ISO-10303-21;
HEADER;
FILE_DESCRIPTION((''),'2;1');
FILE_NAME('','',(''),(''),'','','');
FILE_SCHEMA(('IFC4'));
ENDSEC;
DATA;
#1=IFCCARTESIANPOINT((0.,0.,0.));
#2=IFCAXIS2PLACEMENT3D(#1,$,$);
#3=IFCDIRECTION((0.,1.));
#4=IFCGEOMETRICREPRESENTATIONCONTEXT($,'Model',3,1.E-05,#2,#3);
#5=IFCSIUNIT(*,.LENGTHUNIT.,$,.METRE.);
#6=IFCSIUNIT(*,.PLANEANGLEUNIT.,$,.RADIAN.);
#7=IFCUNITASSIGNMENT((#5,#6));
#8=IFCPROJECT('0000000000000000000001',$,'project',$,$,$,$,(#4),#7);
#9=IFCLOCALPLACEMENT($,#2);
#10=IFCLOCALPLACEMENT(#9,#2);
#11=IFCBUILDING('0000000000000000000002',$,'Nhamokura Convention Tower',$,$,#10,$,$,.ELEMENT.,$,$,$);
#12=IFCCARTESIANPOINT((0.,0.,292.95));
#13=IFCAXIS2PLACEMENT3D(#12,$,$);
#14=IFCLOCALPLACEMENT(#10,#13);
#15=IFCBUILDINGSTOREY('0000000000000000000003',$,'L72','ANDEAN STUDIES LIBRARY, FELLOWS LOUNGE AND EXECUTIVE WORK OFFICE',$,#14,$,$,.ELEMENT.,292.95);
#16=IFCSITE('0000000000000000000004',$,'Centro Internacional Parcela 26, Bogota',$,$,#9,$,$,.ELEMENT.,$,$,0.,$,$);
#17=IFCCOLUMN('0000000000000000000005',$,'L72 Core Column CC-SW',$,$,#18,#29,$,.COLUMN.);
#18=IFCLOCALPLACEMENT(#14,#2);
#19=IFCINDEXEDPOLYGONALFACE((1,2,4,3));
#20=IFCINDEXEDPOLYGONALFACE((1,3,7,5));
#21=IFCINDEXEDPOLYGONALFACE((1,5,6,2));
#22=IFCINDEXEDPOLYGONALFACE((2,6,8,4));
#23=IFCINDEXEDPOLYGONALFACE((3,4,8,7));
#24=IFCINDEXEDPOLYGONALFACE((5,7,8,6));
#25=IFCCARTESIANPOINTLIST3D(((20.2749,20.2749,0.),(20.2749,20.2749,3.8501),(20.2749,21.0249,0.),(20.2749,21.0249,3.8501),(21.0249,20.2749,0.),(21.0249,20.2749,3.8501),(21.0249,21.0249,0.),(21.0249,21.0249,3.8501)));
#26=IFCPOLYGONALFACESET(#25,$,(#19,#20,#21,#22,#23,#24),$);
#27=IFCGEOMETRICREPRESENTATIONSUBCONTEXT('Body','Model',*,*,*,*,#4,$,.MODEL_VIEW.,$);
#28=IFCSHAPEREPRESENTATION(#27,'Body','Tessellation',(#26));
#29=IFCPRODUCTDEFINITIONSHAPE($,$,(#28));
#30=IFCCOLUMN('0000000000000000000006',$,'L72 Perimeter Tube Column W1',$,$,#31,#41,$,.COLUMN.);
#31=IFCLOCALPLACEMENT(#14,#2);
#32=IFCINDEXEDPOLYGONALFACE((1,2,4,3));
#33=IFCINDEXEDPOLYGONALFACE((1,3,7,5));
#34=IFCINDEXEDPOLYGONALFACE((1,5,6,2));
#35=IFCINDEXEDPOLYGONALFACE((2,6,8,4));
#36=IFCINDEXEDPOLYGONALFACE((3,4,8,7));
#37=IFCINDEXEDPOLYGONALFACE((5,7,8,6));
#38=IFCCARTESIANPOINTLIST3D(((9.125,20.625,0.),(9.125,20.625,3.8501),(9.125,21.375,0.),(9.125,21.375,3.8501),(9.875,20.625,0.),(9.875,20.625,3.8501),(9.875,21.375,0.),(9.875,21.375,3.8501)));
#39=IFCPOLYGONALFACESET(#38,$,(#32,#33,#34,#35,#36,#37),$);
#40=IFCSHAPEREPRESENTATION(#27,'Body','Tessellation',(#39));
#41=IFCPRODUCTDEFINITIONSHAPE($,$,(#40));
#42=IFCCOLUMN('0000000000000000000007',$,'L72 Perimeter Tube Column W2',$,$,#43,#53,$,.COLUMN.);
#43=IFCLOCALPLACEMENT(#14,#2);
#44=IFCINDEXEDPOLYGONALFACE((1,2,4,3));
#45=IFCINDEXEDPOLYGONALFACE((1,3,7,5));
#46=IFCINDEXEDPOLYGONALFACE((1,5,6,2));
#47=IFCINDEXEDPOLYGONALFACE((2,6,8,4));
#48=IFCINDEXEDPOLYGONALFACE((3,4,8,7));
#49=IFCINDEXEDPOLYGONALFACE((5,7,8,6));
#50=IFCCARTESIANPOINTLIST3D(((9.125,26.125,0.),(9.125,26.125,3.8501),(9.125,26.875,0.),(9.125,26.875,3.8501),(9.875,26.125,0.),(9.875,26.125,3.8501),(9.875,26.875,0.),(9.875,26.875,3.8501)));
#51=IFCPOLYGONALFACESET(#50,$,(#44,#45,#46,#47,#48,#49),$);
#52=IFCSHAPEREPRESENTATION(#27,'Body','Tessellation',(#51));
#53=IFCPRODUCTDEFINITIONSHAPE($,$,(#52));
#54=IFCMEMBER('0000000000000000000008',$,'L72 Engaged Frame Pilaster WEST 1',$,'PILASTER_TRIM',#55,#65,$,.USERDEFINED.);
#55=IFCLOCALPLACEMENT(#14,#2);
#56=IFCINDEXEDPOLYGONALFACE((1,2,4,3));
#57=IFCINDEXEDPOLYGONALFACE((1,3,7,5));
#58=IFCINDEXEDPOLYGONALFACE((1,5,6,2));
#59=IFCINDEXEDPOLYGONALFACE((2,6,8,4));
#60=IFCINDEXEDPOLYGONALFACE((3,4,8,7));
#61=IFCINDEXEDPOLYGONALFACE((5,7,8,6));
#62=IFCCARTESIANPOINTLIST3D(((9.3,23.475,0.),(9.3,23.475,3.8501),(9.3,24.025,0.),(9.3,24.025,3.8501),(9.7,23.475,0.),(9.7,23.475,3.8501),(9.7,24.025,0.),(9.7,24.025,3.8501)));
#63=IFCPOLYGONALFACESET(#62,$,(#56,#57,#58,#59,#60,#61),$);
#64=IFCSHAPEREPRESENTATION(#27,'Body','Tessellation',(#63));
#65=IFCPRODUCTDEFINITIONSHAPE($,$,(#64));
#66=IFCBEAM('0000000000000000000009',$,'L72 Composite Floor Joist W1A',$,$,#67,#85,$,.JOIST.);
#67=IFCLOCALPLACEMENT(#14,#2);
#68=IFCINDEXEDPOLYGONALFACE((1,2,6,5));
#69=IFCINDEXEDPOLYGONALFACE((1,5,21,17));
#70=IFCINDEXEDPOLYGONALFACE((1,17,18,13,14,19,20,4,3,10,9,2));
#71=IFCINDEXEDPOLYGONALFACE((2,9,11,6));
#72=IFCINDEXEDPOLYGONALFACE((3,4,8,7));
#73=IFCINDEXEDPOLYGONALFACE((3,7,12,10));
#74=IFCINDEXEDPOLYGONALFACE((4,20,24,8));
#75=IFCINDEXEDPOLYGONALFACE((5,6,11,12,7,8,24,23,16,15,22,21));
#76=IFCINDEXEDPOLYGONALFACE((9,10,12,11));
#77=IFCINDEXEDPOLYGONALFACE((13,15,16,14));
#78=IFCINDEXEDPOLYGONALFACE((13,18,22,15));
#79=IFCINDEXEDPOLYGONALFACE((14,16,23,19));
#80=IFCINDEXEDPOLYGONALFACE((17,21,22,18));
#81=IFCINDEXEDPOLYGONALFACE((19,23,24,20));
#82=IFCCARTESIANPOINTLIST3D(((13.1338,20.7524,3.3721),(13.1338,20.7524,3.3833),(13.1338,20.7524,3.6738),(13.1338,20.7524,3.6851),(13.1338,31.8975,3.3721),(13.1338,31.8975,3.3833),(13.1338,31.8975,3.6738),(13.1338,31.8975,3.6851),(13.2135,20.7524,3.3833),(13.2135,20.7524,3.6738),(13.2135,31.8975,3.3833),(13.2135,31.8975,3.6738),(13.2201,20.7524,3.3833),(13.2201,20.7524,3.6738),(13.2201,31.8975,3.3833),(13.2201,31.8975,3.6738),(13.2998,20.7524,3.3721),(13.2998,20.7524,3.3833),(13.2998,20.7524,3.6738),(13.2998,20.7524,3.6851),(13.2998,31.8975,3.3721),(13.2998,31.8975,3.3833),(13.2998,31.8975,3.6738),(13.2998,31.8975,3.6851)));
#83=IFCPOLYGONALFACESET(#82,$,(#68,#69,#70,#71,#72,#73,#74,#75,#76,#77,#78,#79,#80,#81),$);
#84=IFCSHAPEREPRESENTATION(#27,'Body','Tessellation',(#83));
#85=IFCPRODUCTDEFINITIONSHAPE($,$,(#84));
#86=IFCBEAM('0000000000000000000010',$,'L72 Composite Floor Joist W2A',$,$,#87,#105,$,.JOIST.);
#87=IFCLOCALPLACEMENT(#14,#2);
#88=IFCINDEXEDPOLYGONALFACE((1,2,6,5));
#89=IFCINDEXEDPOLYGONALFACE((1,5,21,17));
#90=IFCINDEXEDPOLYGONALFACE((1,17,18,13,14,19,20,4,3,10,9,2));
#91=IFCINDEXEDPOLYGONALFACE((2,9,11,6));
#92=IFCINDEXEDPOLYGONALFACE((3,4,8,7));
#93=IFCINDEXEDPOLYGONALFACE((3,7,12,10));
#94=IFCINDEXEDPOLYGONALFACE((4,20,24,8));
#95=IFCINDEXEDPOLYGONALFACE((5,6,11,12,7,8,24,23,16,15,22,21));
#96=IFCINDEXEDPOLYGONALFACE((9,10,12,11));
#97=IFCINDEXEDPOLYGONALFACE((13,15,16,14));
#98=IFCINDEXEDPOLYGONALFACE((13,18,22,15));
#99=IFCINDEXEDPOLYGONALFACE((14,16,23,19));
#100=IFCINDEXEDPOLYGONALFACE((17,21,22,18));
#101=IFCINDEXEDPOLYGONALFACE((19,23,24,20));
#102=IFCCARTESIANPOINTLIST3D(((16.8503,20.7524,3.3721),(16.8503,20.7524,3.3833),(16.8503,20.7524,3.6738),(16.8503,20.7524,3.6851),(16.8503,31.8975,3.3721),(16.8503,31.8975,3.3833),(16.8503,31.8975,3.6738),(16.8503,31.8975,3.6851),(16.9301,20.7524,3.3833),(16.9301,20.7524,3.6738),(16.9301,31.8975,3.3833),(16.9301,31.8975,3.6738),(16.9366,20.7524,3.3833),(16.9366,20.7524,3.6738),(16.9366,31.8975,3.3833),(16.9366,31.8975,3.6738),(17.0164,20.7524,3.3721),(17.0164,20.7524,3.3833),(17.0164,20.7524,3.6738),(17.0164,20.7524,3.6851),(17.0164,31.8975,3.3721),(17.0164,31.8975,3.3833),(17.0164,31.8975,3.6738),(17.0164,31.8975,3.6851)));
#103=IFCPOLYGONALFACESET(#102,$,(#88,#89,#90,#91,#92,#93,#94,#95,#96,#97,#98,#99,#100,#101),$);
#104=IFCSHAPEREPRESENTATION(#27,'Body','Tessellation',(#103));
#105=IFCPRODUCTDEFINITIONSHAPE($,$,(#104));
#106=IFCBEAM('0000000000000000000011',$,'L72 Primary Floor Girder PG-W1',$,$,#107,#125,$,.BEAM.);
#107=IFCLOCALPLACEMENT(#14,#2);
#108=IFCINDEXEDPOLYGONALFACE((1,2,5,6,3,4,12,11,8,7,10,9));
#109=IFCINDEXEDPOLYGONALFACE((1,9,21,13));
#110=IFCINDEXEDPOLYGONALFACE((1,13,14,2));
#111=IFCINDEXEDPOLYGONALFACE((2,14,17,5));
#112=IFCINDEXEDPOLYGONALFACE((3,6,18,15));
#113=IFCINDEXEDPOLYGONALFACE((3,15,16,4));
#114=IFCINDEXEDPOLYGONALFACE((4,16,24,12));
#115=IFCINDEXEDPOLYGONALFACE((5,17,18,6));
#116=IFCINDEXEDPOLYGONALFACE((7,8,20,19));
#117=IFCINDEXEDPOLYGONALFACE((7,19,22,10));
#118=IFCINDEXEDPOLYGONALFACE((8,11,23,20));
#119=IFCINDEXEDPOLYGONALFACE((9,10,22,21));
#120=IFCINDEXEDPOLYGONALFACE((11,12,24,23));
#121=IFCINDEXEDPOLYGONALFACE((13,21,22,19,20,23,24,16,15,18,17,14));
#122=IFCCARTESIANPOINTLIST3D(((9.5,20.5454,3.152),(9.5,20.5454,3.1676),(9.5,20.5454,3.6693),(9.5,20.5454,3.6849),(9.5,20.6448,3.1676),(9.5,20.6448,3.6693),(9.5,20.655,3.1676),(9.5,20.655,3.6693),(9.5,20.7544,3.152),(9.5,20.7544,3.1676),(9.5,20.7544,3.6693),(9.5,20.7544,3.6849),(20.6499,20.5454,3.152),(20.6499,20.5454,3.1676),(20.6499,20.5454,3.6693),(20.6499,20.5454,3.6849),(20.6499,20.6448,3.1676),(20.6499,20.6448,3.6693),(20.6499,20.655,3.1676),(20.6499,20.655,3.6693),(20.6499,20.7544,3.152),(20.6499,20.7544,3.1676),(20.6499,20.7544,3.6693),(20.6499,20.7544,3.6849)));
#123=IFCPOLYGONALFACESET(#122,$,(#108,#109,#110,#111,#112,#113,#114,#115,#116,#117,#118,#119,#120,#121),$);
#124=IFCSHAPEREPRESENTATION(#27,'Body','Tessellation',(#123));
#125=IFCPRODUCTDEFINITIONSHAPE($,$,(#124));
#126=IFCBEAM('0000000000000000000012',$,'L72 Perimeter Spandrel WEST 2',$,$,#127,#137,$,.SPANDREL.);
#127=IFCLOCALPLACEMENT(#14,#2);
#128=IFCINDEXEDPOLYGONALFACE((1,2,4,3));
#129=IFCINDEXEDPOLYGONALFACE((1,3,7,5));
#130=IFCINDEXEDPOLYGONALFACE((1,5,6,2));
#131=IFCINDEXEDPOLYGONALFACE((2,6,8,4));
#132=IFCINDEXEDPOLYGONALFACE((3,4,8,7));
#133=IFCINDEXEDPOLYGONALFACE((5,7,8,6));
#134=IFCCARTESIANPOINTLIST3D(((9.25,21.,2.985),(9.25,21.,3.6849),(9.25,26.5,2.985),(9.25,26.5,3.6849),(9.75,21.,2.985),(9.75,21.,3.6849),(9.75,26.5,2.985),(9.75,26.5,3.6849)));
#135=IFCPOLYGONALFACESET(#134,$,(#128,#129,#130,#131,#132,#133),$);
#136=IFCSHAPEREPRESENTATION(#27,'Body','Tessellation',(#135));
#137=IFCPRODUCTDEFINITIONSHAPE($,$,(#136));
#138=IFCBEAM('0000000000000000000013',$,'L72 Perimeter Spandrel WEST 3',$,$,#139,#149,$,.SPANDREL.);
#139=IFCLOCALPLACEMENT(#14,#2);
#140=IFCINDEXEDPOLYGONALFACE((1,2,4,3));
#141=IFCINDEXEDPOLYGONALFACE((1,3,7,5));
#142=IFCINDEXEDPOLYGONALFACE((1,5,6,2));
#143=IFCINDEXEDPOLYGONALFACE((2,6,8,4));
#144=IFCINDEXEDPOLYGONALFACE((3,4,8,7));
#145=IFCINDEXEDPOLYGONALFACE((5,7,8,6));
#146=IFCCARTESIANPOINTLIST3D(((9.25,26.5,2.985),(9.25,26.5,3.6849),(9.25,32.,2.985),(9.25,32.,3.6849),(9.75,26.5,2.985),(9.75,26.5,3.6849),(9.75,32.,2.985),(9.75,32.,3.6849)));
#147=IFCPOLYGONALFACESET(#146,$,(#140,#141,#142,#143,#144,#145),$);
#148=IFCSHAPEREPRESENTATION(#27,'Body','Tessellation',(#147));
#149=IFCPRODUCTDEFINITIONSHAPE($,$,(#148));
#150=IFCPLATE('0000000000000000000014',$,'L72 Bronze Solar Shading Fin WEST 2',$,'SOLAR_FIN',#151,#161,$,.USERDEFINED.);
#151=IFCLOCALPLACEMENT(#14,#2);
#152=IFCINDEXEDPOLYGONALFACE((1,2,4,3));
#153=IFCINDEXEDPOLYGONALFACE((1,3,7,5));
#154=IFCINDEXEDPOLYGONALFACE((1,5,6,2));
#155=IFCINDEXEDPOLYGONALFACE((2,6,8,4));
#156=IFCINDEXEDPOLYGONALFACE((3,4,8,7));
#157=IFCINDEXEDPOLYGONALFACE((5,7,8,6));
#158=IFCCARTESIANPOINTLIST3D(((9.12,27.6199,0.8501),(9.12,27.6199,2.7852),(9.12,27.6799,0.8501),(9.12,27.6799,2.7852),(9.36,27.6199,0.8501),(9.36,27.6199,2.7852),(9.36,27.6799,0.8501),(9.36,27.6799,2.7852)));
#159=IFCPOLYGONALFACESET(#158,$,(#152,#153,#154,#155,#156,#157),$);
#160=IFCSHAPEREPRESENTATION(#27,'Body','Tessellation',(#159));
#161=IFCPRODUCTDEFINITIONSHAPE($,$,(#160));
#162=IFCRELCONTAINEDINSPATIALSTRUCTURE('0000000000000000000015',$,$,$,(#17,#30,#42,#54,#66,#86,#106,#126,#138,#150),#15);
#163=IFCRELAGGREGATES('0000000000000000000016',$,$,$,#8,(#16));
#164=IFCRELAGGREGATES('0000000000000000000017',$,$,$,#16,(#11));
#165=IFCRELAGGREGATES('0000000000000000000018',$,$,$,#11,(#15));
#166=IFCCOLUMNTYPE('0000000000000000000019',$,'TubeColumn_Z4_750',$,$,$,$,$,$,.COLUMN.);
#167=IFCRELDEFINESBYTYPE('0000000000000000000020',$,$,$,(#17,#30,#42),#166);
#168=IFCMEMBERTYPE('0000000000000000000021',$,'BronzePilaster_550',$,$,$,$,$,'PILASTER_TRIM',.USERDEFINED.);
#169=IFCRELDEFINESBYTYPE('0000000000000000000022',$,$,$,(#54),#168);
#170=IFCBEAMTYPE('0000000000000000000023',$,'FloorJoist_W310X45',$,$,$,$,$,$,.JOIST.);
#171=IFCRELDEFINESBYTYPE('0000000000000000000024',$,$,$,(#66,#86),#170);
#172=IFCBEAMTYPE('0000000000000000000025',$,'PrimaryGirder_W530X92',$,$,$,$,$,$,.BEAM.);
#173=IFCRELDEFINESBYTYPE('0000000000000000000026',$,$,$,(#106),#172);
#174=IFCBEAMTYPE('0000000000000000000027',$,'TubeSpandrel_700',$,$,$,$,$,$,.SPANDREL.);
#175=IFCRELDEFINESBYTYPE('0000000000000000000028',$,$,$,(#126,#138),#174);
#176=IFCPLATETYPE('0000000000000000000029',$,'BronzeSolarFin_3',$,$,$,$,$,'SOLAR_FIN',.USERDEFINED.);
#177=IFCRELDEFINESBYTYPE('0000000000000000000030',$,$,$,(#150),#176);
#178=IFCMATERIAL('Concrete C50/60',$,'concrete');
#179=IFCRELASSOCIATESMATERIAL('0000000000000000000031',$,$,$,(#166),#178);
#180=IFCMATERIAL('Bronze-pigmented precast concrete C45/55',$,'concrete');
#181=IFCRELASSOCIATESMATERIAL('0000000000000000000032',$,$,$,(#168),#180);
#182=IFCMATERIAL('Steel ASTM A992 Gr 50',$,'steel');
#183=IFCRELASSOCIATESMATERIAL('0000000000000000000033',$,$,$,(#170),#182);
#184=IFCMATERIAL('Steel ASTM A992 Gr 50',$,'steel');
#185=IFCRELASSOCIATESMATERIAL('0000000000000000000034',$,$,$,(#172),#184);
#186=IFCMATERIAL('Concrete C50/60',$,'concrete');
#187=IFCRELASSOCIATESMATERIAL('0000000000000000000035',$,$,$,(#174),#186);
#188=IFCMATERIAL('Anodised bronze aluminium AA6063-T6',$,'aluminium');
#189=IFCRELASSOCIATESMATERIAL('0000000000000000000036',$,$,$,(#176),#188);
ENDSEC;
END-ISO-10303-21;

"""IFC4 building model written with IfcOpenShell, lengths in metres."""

from ifc_helpers import new_model, si_unit, direction, frame, origin, origin_2d, place, context, subcontext, project, spatial, rectangle, i_section, extrude, material, material_profile, profile_set, type_object, element, save


model = new_model("IFC4")

# Units and contexts
model_context = context("Model", 3, precision=1e-05, world=origin(), true_north=direction((0.0, 1.0)))
body_context = subcontext(model_context, "Body", "Model", "MODEL_VIEW")
ifc_project = project(units=[si_unit("LENGTHUNIT", "METRE"), si_unit("PLANEANGLEUNIT", "RADIAN")], contexts=[model_context])

# Site, building, storey
site_placement = place(None, origin())
site = spatial("IfcSite", under=ifc_project, at=site_placement, Name="Centro Internacional Parcela 26, Bogota", CompositionType="ELEMENT", RefElevation=0.0)
building_placement = place(site_placement, origin())
building = spatial("IfcBuilding", under=site, at=building_placement, Name="Nhamokura Convention Tower", CompositionType="ELEMENT")
storey_placement = place(building_placement, frame((0.0, 0.0, 292.95)))
storey = spatial("IfcBuildingStorey", under=building, at=storey_placement, Name="L72", Description="ANDEAN STUDIES LIBRARY, FELLOWS LOUNGE AND EXECUTIVE WORK OFFICE", CompositionType="ELEMENT", Elevation=292.95)

# Columns
ifc_material_1 = material(Name="Concrete C50/60", Category="concrete")
ifc_material_profile_1 = material_profile(ifc_material_1, rectangle(XDim=0.75, YDim=0.75, at=origin_2d()))
ifc_profile_set_1 = profile_set([ifc_material_profile_1], Name="Concrete C50/60")
column_type = type_object("IfcColumnType", Name="TubeColumn_Z4_750", PredefinedType="COLUMN", material=ifc_profile_set_1)
for number, where, z_axis, x_axis, name in (
    (1, (20.6499, 20.6499, 0.0), (0.0, 0.0, 1.0), (1.0, 0.0, 0.0), "L72 Core Column CC-SW"),
    (2, (9.5, 21.0, 0.0), (0.0, 0.0, 1.0), (1.0, 0.0, 0.0), "L72 Perimeter Tube Column W1"),
    (3, (9.5, 26.5, 0.0), (0.0, 0.0, 1.0), (1.0, 0.0, 0.0), "L72 Perimeter Tube Column W2"),
):
    element("IfcColumn", number, at=place(storey_placement, frame(where, z_axis=z_axis, x_axis=x_axis)), inside=storey, type_object=column_type, Name=name, PredefinedType="COLUMN", context=body_context, shape_type="SweptSolid", body=[
        extrude(rectangle(XDim=0.75, YDim=0.75, at=origin_2d()), origin(), (0.0, 0.0, 1.0), 3.8501),
    ])

# Member
ifc_material_2 = material(Name="Bronze-pigmented precast concrete C45/55", Category="concrete")
ifc_material_profile_2 = material_profile(ifc_material_2, rectangle(XDim=0.3999, YDim=0.55, at=origin_2d()))
ifc_profile_set_2 = profile_set([ifc_material_profile_2], Name="Bronze-pigmented precast concrete C45/55")
member_type = type_object("IfcMemberType", Name="BronzePilaster_550", ElementType="PILASTER_TRIM", PredefinedType="USERDEFINED", material=ifc_profile_set_2)
member_placement = place(storey_placement, frame((9.5, 23.75, 0.0), z_axis=(0.0, 0.0, 1.0), x_axis=(1.0, 0.0, 0.0)))
element("IfcMember", 4, at=member_placement, inside=storey, type_object=member_type, Name="L72 Engaged Frame Pilaster WEST 1", ObjectType="PILASTER_TRIM", PredefinedType="USERDEFINED", context=body_context, shape_type="SweptSolid", body=[
    extrude(rectangle(XDim=0.3999, YDim=0.55, at=origin_2d()), origin(), (0.0, 0.0, 1.0), 3.8501),
])

# Beams
ifc_material_3 = material(Name="Steel ASTM A992 Gr 50", Category="steel")
ifc_material_profile_3 = material_profile(ifc_material_3, i_section(OverallWidth=0.166, OverallDepth=0.313, WebThickness=0.0066, FlangeThickness=0.0112, at=origin_2d()))
ifc_profile_set_3 = profile_set([ifc_material_profile_3], Name="Steel ASTM A992 Gr 50")
beam_type_1 = type_object("IfcBeamType", Name="FloorJoist_W310X45", PredefinedType="JOIST", material=ifc_profile_set_3)
for number, where, z_axis, x_axis, name in (
    (5, (13.2168, 20.7524, 3.5286), (0.0, 1.0, 0.0), (-1.0, 0.0, 0.0), "L72 Composite Floor Joist W1A"),
    (6, (16.9333, 20.7524, 3.5286), (0.0, 1.0, 0.0), (-1.0, 0.0, 0.0), "L72 Composite Floor Joist W2A"),
):
    element("IfcBeam", number, at=place(storey_placement, frame(where, z_axis=z_axis, x_axis=x_axis)), inside=storey, type_object=beam_type_1, Name=name, PredefinedType="JOIST", context=body_context, shape_type="SweptSolid", body=[
        extrude(i_section(OverallWidth=0.166, OverallDepth=0.313, WebThickness=0.0066, FlangeThickness=0.0112, at=origin_2d()), origin(), (0.0, 0.0, 1.0), 11.145),
    ])
ifc_material_4 = material(Name="Steel ASTM A992 Gr 50", Category="steel")
ifc_material_profile_4 = material_profile(ifc_material_4, i_section(OverallWidth=0.209, OverallDepth=0.533, WebThickness=0.0103, FlangeThickness=0.0156, at=origin_2d()))
ifc_profile_set_4 = profile_set([ifc_material_profile_4], Name="Steel ASTM A992 Gr 50")
beam_type_2 = type_object("IfcBeamType", Name="PrimaryGirder_W530X92", PredefinedType="BEAM", material=ifc_profile_set_4)
beam_placement = place(storey_placement, frame((9.5, 20.6499, 3.4185), z_axis=(1.0, 0.0, 0.0), x_axis=(0.0, 1.0, 0.0)))
element("IfcBeam", 7, at=beam_placement, inside=storey, type_object=beam_type_2, Name="L72 Primary Floor Girder PG-W1", PredefinedType="BEAM", context=body_context, shape_type="SweptSolid", body=[
    extrude(i_section(OverallWidth=0.209, OverallDepth=0.533, WebThickness=0.0103, FlangeThickness=0.0156, at=origin_2d()), origin(), (0.0, 0.0, 1.0), 11.1499),
])
ifc_material_5 = material(Name="Concrete C50/60", Category="concrete")
ifc_material_profile_5 = material_profile(ifc_material_5, rectangle(XDim=0.5, YDim=0.7, at=origin_2d()))
ifc_profile_set_5 = profile_set([ifc_material_profile_5], Name="Concrete C50/60")
beam_type_3 = type_object("IfcBeamType", Name="TubeSpandrel_700", PredefinedType="SPANDREL", material=ifc_profile_set_5)
for number, where, z_axis, x_axis, name in (
    (8, (9.5, 21.0, 3.335), (0.0, 1.0, 0.0), (-1.0, 0.0, 0.0), "L72 Perimeter Spandrel WEST 2"),
    (9, (9.5, 26.5, 3.335), (0.0, 1.0, 0.0), (-1.0, 0.0, 0.0), "L72 Perimeter Spandrel WEST 3"),
):
    element("IfcBeam", number, at=place(storey_placement, frame(where, z_axis=z_axis, x_axis=x_axis)), inside=storey, type_object=beam_type_3, Name=name, PredefinedType="SPANDREL", context=body_context, shape_type="SweptSolid", body=[
        extrude(rectangle(XDim=0.5, YDim=0.7, at=origin_2d()), origin(), (0.0, 0.0, 1.0), 5.5),
    ])

# Plate
ifc_material_6 = material(Name="Anodised bronze aluminium AA6063-T6", Category="aluminium")
plate_type = type_object("IfcPlateType", Name="BronzeSolarFin_3", ElementType="SOLAR_FIN", PredefinedType="USERDEFINED", material=ifc_material_6)
plate_placement = place(storey_placement, frame((9.24, 27.6499, 0.8501), z_axis=(0.0, 0.0, 1.0), x_axis=(1.0, 0.0, 0.0)))
element("IfcPlate", 10, at=plate_placement, inside=storey, type_object=plate_type, Name="L72 Bronze Solar Shading Fin WEST 2", ObjectType="SOLAR_FIN", PredefinedType="USERDEFINED", context=body_context, shape_type="SweptSolid", body=[
    extrude(rectangle(XDim=0.24, YDim=0.0601, at=origin_2d()), origin(), (0.0, 0.0, 1.0), 1.9351),
])

save(model, "model.ifc")
